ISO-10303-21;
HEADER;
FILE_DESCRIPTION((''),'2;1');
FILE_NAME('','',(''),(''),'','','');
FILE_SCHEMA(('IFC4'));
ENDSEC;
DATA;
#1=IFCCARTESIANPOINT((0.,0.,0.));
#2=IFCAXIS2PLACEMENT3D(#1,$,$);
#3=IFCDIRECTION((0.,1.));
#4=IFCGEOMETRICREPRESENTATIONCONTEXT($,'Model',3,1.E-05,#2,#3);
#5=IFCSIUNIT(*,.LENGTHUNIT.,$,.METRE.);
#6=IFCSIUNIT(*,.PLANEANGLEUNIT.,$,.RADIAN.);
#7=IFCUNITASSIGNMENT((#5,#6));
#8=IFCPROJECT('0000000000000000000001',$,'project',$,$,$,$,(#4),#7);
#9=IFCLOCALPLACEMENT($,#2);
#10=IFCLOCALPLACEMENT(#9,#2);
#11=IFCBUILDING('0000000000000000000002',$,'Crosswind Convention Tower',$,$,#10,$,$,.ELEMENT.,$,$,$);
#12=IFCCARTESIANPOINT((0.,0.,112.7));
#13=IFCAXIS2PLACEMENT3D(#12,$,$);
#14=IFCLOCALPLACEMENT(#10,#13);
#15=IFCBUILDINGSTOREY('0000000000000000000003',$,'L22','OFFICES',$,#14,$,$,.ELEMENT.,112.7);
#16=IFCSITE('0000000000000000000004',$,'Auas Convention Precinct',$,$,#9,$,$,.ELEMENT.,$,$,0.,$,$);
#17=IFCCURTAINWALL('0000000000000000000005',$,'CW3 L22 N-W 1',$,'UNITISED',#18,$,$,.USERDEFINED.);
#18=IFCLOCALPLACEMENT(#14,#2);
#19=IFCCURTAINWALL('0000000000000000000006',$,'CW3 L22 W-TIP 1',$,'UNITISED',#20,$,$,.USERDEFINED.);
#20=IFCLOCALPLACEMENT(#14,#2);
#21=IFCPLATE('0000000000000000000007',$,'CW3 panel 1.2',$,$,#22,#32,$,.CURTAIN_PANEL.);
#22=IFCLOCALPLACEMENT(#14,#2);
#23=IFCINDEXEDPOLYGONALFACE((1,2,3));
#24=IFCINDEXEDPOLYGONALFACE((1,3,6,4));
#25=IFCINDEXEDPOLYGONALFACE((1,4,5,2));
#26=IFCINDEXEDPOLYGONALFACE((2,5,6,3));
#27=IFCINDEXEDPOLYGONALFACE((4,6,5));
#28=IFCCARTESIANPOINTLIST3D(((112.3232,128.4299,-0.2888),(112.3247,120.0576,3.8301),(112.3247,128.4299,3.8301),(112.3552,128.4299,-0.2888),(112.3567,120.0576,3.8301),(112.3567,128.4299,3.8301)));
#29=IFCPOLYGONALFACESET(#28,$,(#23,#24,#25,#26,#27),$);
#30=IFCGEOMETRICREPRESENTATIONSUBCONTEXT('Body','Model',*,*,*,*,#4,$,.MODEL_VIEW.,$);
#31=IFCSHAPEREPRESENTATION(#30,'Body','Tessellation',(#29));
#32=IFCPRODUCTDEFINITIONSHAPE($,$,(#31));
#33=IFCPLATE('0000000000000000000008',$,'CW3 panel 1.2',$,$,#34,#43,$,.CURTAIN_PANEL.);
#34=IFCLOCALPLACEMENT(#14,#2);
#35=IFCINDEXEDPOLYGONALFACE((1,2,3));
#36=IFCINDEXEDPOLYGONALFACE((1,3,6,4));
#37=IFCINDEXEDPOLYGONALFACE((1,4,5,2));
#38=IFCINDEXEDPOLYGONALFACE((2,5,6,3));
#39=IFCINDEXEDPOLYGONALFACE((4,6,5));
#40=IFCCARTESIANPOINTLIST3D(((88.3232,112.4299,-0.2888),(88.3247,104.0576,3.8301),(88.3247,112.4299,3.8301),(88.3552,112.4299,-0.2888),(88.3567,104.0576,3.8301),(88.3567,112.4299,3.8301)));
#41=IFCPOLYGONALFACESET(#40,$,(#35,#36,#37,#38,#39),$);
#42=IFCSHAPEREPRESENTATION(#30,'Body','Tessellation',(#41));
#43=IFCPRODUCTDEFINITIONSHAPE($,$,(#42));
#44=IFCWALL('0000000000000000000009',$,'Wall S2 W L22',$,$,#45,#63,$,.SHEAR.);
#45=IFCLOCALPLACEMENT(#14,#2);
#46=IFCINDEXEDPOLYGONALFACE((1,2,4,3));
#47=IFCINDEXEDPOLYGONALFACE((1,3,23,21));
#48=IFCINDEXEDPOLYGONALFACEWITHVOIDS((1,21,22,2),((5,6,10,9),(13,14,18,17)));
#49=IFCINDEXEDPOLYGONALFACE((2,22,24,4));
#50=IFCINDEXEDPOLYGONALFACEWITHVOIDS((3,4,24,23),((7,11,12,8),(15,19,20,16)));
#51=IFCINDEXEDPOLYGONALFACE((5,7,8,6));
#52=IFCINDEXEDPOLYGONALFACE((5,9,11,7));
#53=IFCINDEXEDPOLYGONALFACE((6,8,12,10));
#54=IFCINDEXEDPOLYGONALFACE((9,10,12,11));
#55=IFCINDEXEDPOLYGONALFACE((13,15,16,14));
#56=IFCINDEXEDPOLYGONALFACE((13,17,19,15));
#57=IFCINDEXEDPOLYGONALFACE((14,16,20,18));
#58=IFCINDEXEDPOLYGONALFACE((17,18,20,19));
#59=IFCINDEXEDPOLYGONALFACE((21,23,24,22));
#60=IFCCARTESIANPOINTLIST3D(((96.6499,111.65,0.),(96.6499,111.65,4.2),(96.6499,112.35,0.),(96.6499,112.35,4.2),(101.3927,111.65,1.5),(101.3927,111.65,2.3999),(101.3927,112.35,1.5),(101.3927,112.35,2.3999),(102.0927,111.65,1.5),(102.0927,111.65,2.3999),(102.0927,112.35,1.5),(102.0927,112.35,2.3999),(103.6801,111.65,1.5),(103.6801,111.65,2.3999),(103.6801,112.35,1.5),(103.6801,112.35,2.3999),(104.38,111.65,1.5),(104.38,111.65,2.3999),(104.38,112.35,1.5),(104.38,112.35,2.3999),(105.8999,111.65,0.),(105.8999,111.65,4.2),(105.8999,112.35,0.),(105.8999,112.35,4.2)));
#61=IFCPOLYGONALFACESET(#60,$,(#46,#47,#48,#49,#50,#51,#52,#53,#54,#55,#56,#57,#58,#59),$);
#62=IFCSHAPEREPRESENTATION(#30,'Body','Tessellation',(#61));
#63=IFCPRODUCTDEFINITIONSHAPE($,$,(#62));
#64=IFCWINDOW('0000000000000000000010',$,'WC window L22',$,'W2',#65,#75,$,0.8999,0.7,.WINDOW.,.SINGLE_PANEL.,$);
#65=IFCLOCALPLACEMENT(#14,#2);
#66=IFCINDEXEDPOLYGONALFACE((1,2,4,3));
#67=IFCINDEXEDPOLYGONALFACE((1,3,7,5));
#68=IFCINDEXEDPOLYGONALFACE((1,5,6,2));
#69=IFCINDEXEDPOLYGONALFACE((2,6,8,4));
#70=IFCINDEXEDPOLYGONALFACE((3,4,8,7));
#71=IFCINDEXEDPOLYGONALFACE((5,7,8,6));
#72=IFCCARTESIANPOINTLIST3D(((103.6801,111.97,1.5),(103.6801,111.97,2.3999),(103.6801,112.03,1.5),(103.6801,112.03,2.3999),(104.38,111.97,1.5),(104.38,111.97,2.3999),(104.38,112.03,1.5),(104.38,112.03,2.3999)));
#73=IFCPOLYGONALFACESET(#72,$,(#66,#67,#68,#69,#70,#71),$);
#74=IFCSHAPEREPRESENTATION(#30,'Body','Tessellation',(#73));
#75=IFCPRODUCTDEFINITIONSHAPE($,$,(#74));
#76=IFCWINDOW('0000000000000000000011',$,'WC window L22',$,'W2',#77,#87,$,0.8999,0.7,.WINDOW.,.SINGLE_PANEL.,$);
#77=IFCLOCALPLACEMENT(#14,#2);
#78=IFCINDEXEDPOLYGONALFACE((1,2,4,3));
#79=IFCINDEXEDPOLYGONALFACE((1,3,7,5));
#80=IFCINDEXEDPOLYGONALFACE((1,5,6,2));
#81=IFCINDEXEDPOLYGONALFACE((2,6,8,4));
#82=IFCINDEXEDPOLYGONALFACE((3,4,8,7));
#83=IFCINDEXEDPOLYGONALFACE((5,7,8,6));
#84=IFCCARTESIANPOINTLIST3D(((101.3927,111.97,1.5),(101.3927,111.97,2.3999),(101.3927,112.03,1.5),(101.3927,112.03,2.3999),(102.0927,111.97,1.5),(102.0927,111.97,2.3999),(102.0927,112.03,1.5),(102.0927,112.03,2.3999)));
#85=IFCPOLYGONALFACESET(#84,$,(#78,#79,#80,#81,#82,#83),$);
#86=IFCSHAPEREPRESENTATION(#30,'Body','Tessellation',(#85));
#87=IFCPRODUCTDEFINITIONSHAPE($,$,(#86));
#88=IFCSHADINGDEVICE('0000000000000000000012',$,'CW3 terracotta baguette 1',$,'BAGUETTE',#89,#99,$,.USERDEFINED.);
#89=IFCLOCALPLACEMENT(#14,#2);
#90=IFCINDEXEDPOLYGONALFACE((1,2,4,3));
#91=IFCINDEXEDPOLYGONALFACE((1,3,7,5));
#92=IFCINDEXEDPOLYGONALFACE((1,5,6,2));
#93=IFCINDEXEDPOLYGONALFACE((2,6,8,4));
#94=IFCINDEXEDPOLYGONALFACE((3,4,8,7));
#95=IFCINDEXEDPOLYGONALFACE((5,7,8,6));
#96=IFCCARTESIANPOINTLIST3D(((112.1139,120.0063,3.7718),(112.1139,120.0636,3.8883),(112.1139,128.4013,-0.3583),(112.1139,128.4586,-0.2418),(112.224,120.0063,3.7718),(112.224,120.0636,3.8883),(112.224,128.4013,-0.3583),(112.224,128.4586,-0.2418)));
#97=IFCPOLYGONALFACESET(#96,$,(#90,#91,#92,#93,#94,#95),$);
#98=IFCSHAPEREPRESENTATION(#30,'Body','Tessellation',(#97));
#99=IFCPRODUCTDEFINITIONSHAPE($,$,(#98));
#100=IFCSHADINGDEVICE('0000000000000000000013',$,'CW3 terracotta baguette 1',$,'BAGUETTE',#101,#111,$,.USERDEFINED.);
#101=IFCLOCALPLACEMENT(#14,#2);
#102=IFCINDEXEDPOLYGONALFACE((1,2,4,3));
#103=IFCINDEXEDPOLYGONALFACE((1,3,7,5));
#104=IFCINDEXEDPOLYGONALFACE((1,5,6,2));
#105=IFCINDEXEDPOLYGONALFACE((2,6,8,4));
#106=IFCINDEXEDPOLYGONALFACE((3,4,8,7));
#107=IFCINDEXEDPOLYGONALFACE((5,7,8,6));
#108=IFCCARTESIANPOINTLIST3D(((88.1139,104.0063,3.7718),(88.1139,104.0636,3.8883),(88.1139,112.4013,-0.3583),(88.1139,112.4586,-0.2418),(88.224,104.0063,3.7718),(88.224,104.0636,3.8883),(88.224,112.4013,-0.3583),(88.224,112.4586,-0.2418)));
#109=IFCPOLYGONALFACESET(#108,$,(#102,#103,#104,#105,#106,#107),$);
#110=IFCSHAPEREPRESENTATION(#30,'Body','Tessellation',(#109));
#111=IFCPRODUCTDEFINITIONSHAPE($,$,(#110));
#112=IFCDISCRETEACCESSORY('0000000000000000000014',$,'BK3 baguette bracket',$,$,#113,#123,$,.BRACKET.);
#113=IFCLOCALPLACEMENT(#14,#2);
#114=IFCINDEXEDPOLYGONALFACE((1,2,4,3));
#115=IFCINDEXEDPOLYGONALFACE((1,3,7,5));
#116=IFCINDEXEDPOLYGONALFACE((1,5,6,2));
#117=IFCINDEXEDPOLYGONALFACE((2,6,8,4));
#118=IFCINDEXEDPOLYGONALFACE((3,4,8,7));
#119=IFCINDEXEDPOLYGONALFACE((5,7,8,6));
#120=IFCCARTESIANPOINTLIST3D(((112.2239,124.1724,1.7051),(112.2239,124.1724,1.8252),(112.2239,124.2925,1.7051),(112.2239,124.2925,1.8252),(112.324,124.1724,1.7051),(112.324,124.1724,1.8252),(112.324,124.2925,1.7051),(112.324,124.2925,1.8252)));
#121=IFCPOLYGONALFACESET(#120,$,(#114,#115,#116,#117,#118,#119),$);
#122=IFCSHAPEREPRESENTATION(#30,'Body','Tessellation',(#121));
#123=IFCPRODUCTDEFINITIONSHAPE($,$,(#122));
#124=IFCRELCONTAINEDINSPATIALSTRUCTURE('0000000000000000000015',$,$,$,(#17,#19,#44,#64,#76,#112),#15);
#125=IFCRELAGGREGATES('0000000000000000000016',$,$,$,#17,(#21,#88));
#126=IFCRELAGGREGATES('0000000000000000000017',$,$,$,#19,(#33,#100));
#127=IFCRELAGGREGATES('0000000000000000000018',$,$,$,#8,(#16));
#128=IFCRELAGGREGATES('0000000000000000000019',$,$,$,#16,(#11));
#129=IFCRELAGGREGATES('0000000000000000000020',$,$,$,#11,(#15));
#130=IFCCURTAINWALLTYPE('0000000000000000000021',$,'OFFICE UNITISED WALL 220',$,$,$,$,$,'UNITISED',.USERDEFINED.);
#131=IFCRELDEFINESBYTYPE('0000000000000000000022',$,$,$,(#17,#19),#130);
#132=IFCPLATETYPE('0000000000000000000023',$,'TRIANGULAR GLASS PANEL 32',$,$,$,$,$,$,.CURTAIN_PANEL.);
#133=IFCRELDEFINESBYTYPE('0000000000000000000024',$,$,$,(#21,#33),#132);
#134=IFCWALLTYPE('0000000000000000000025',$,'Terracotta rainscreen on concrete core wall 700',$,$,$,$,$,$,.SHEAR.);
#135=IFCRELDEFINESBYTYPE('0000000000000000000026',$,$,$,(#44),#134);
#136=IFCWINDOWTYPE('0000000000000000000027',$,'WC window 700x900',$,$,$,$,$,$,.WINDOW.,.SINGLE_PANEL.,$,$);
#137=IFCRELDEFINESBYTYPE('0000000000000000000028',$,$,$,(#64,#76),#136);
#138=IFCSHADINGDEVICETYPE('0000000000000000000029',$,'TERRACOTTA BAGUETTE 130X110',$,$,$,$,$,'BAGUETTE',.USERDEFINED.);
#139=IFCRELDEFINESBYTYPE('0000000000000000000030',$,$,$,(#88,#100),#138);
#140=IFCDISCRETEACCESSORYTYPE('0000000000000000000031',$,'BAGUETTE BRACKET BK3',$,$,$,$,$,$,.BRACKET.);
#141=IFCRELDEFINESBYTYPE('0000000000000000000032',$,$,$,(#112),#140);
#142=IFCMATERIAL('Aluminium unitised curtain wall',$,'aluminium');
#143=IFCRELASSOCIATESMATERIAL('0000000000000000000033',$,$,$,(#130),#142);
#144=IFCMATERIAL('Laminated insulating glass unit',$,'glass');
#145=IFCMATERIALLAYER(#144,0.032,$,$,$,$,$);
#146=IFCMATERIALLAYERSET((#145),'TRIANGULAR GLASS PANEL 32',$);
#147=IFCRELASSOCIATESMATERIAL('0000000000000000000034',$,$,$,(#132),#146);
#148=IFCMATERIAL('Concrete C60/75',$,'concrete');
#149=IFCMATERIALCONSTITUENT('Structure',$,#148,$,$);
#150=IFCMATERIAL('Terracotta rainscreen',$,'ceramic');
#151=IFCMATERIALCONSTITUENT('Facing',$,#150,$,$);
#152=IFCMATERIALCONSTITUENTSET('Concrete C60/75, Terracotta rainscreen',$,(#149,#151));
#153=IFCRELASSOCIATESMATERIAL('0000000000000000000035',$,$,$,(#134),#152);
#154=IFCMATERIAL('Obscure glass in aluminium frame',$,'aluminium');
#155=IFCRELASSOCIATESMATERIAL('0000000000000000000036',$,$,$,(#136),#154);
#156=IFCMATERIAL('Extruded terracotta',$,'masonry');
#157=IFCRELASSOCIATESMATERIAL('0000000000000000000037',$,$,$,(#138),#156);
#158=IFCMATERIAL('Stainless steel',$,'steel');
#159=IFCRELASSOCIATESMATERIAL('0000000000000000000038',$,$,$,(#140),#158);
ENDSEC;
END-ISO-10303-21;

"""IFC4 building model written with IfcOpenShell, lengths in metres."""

from ifc_helpers import new_model, si_unit, direction, frame, frame_2d, origin, origin_2d, place, context, subcontext, project, spatial, polyline, rectangle, outline, extrude, material, layer, layer_set, constituent, constituent_set, material_profile, profile_set, type_object, element, fill, aggregate, save


model = new_model("IFC4")

# Units and contexts
model_context = context("Model", 3, precision=1e-05, world=origin(), true_north=direction((0.0, 1.0)))
body_context = subcontext(model_context, "Body", "Model", "MODEL_VIEW")
ifc_project = project(units=[si_unit("LENGTHUNIT", "METRE"), si_unit("PLANEANGLEUNIT", "RADIAN")], contexts=[model_context])

# Site, building, storey
site_placement = place(None, origin())
site = spatial("IfcSite", under=ifc_project, at=site_placement, Name="Auas Convention Precinct", CompositionType="ELEMENT", RefElevation=0.0)
building_placement = place(site_placement, origin())
building = spatial("IfcBuilding", under=site, at=building_placement, Name="Crosswind Convention Tower", CompositionType="ELEMENT")
storey_placement = place(building_placement, frame((0.0, 0.0, 112.7)))
storey = spatial("IfcBuildingStorey", under=building, at=storey_placement, Name="L22", Description="OFFICES", CompositionType="ELEMENT", Elevation=112.7)

# Curtain wall
ifc_material_1 = material(Name="Aluminium unitised curtain wall", Category="aluminium")
curtain_wall_type_1 = type_object("IfcCurtainWallType", Name="OFFICE UNITISED WALL 220", ElementType="UNITISED", PredefinedType="USERDEFINED", material=ifc_material_1)
curtain_wall_1_placement = place(storey_placement, origin())
curtain_wall_1 = element("IfcCurtainWall", 1, at=curtain_wall_1_placement, inside=storey, type_object=curtain_wall_type_1, Name="CW3 L22 N-W 1", ObjectType="UNITISED", PredefinedType="USERDEFINED")

# Curtain wall
curtain_wall_2_placement = place(storey_placement, origin())
curtain_wall_2 = element("IfcCurtainWall", 2, at=curtain_wall_2_placement, inside=storey, type_object=curtain_wall_type_1, Name="CW3 L22 W-TIP 1", ObjectType="UNITISED", PredefinedType="USERDEFINED")

# Plates
ifc_material_2 = material(Name="Laminated insulating glass unit", Category="glass")
ifc_layer_1 = layer(ifc_material_2, 0.032)
ifc_layer_set_1 = layer_set([ifc_layer_1], Name="TRIANGULAR GLASS PANEL 32")
plate_type_1 = type_object("IfcPlateType", Name="TRIANGULAR GLASS PANEL 32", PredefinedType="CURTAIN_PANEL", material=ifc_layer_set_1)
plate_1_placement = place(storey_placement, frame((112.3247, 128.4299, 3.8301), z_axis=(-1.0, 0.0, 0.000356), x_axis=(-0.000356, 0.0, -1.0)))
plate_1 = element("IfcPlate", 3, at=plate_1_placement, type_object=plate_type_1, Name="CW3 panel 1.2", PredefinedType="CURTAIN_PANEL", context=body_context, shape_type="SweptSolid", body=[
    extrude(outline(polyline([(0.0, 0.0), (4.1189, 0.0), (0.0, 8.3723), (0.0, 0.0)])), origin(), (0.0, 0.0, -1.0), 0.032),
])
plate_2_placement = place(storey_placement, frame((88.3247, 112.4299, 3.8301), z_axis=(-1.0, 0.0, 0.000356), x_axis=(-0.000356, 0.0, -1.0)))
plate_2 = element("IfcPlate", 4, at=plate_2_placement, type_object=plate_type_1, Name="CW3 panel 1.2", PredefinedType="CURTAIN_PANEL", context=body_context, shape_type="SweptSolid", body=[
    extrude(outline(polyline([(0.0, 0.0), (4.1189, 0.0), (0.0, 8.3723), (0.0, 0.0)])), origin(), (0.0, 0.0, -1.0), 0.032),
])

# Wall, openings, windows
ifc_material_3 = material(Name="Concrete C60/75", Category="concrete")
ifc_constituent_1 = constituent(ifc_material_3, Name="Structure")
ifc_material_4 = material(Name="Terracotta rainscreen", Category="ceramic")
ifc_constituent_2 = constituent(ifc_material_4, Name="Facing")
ifc_constituent_set = constituent_set(constituents=[ifc_constituent_1, ifc_constituent_2], Name="Concrete C60/75, Terracotta rainscreen")
wall_type = type_object("IfcWallType", Name="Terracotta rainscreen on concrete core wall 700", PredefinedType="SHEAR", material=ifc_constituent_set)
wall_placement = place(storey_placement, frame((105.8999, 112.0, 0.0), z_axis=(0.0, 0.0, 1.0), x_axis=(-1.0, 0.0, 0.0)))
wall = element("IfcWall", 5, at=wall_placement, inside=storey, type_object=wall_type, Name="Wall S2 W L22", PredefinedType="SHEAR", context=body_context, shape_type="SweptSolid", body=[
    extrude(rectangle(XDim=9.25, YDim=0.7, at=frame_2d((4.625, 0.0))), origin(), (0.0, 0.0, 1.0), 4.2),
])
opening_1_placement = place(wall_placement, frame((1.5198, 0.0, 1.5)))
opening_1 = element("IfcOpeningElement", 6, at=opening_1_placement, cuts=wall, PredefinedType="OPENING", context=body_context, shape_type="SweptSolid", body=[
    extrude(rectangle(XDim=0.7, YDim=0.8999, at=frame_2d((0.3501, 0.45))), frame((0.0, 0.3599, 0.0), z_axis=(0.0, -1.0, 0.0), x_axis=(1.0, 0.0, 0.0)), (0.0, 0.0, 1.0), 0.72),
])
opening_2_placement = place(wall_placement, frame((3.8071, 0.0, 1.5)))
opening_2 = element("IfcOpeningElement", 7, at=opening_2_placement, cuts=wall, PredefinedType="OPENING", context=body_context, shape_type="SweptSolid", body=[
    extrude(rectangle(XDim=0.7, YDim=0.8999, at=frame_2d((0.3501, 0.45))), frame((0.0, 0.3599, 0.0), z_axis=(0.0, -1.0, 0.0), x_axis=(1.0, 0.0, 0.0)), (0.0, 0.0, 1.0), 0.72),
])
ifc_material_5 = material(Name="Obscure glass in aluminium frame", Category="aluminium")
window_type = type_object("IfcWindowType", Name="WC window 700x900", PartitioningType="SINGLE_PANEL", PredefinedType="WINDOW", material=ifc_material_5)
window_1_placement = place(opening_1_placement, origin())
window_1 = element("IfcWindow", 8, at=window_1_placement, inside=storey, type_object=window_type, Name="WC window L22", ObjectType="W2", OverallHeight=0.8999, OverallWidth=0.7, PartitioningType="SINGLE_PANEL", PredefinedType="WINDOW", context=body_context, shape_type="SweptSolid", body=[
    extrude(rectangle(XDim=0.7, YDim=0.8999, at=frame_2d((0.3501, 0.45))), frame((0.0, 0.03, 0.0), z_axis=(0.0, -1.0, 0.0), x_axis=(1.0, 0.0, 0.0)), (0.0, 0.0, 1.0), 0.0601),
])
fill(opening_1, window_1)
window_2_placement = place(opening_2_placement, origin())
window_2 = element("IfcWindow", 9, at=window_2_placement, inside=storey, type_object=window_type, Name="WC window L22", ObjectType="W2", OverallHeight=0.8999, OverallWidth=0.7, PartitioningType="SINGLE_PANEL", PredefinedType="WINDOW", context=body_context, shape_type="SweptSolid", body=[
    extrude(rectangle(XDim=0.7, YDim=0.8999, at=frame_2d((0.3501, 0.45))), frame((0.0, 0.03, 0.0), z_axis=(0.0, -1.0, 0.0), x_axis=(1.0, 0.0, 0.0)), (0.0, 0.0, 1.0), 0.0601),
])
fill(opening_2, window_2)

# Shading devices
ifc_material_6 = material(Name="Extruded terracotta", Category="masonry")
ifc_material_profile_1 = material_profile(ifc_material_6, rectangle(XDim=0.1101, YDim=0.1299, at=origin_2d()), Name="TC 110X130")
ifc_profile_set_1 = profile_set([ifc_material_profile_1], Name="Extruded terracotta")
shading_device_type = type_object("IfcShadingDeviceType", Name="TERRACOTTA BAGUETTE 130X110", ElementType="BAGUETTE", PredefinedType="USERDEFINED", material=ifc_profile_set_1)
shading_device_1_placement = place(storey_placement, frame((112.1689, 128.4299, -0.3), z_axis=(0.0, -0.897289, 0.441443), x_axis=(1.0, 0.0, 0.0)))
shading_device_1 = element("IfcShadingDevice", 10, at=shading_device_1_placement, type_object=shading_device_type, Name="CW3 terracotta baguette 1", ObjectType="BAGUETTE", PredefinedType="USERDEFINED", context=body_context, shape_type="SweptSolid", body=[
    extrude(rectangle(XDim=0.1101, YDim=0.1299, at=origin_2d()), origin(), (0.0, 0.0, 1.0), 9.356),
])
aggregate(curtain_wall_1, [plate_1, shading_device_1])
shading_device_2_placement = place(storey_placement, frame((88.1689, 112.4299, -0.3), z_axis=(0.0, -0.897289, 0.441443), x_axis=(1.0, 0.0, 0.0)))
shading_device_2 = element("IfcShadingDevice", 11, at=shading_device_2_placement, type_object=shading_device_type, Name="CW3 terracotta baguette 1", ObjectType="BAGUETTE", PredefinedType="USERDEFINED", context=body_context, shape_type="SweptSolid", body=[
    extrude(rectangle(XDim=0.1101, YDim=0.1299, at=origin_2d()), origin(), (0.0, 0.0, 1.0), 9.356),
])
aggregate(curtain_wall_2, [plate_2, shading_device_2])

# Discrete accessory
ifc_material_7 = material(Name="Stainless steel", Category="steel")
discrete_accessory_type = type_object("IfcDiscreteAccessoryType", Name="BAGUETTE BRACKET BK3", PredefinedType="BRACKET", material=ifc_material_7)
discrete_accessory_placement = place(storey_placement, frame((112.2739, 124.2324, 1.7051), z_axis=(0.0, 0.0, 1.0), x_axis=(0.0, -1.0, 0.0)))
element("IfcDiscreteAccessory", 12, at=discrete_accessory_placement, inside=storey, type_object=discrete_accessory_type, Name="BK3 baguette bracket", PredefinedType="BRACKET", context=body_context, shape_type="SweptSolid", body=[
    extrude(rectangle(XDim=0.1201, YDim=0.1001, at=origin_2d()), origin(), (0.0, 0.0, 1.0), 0.1201),
])

save(model, "model.ifc")
